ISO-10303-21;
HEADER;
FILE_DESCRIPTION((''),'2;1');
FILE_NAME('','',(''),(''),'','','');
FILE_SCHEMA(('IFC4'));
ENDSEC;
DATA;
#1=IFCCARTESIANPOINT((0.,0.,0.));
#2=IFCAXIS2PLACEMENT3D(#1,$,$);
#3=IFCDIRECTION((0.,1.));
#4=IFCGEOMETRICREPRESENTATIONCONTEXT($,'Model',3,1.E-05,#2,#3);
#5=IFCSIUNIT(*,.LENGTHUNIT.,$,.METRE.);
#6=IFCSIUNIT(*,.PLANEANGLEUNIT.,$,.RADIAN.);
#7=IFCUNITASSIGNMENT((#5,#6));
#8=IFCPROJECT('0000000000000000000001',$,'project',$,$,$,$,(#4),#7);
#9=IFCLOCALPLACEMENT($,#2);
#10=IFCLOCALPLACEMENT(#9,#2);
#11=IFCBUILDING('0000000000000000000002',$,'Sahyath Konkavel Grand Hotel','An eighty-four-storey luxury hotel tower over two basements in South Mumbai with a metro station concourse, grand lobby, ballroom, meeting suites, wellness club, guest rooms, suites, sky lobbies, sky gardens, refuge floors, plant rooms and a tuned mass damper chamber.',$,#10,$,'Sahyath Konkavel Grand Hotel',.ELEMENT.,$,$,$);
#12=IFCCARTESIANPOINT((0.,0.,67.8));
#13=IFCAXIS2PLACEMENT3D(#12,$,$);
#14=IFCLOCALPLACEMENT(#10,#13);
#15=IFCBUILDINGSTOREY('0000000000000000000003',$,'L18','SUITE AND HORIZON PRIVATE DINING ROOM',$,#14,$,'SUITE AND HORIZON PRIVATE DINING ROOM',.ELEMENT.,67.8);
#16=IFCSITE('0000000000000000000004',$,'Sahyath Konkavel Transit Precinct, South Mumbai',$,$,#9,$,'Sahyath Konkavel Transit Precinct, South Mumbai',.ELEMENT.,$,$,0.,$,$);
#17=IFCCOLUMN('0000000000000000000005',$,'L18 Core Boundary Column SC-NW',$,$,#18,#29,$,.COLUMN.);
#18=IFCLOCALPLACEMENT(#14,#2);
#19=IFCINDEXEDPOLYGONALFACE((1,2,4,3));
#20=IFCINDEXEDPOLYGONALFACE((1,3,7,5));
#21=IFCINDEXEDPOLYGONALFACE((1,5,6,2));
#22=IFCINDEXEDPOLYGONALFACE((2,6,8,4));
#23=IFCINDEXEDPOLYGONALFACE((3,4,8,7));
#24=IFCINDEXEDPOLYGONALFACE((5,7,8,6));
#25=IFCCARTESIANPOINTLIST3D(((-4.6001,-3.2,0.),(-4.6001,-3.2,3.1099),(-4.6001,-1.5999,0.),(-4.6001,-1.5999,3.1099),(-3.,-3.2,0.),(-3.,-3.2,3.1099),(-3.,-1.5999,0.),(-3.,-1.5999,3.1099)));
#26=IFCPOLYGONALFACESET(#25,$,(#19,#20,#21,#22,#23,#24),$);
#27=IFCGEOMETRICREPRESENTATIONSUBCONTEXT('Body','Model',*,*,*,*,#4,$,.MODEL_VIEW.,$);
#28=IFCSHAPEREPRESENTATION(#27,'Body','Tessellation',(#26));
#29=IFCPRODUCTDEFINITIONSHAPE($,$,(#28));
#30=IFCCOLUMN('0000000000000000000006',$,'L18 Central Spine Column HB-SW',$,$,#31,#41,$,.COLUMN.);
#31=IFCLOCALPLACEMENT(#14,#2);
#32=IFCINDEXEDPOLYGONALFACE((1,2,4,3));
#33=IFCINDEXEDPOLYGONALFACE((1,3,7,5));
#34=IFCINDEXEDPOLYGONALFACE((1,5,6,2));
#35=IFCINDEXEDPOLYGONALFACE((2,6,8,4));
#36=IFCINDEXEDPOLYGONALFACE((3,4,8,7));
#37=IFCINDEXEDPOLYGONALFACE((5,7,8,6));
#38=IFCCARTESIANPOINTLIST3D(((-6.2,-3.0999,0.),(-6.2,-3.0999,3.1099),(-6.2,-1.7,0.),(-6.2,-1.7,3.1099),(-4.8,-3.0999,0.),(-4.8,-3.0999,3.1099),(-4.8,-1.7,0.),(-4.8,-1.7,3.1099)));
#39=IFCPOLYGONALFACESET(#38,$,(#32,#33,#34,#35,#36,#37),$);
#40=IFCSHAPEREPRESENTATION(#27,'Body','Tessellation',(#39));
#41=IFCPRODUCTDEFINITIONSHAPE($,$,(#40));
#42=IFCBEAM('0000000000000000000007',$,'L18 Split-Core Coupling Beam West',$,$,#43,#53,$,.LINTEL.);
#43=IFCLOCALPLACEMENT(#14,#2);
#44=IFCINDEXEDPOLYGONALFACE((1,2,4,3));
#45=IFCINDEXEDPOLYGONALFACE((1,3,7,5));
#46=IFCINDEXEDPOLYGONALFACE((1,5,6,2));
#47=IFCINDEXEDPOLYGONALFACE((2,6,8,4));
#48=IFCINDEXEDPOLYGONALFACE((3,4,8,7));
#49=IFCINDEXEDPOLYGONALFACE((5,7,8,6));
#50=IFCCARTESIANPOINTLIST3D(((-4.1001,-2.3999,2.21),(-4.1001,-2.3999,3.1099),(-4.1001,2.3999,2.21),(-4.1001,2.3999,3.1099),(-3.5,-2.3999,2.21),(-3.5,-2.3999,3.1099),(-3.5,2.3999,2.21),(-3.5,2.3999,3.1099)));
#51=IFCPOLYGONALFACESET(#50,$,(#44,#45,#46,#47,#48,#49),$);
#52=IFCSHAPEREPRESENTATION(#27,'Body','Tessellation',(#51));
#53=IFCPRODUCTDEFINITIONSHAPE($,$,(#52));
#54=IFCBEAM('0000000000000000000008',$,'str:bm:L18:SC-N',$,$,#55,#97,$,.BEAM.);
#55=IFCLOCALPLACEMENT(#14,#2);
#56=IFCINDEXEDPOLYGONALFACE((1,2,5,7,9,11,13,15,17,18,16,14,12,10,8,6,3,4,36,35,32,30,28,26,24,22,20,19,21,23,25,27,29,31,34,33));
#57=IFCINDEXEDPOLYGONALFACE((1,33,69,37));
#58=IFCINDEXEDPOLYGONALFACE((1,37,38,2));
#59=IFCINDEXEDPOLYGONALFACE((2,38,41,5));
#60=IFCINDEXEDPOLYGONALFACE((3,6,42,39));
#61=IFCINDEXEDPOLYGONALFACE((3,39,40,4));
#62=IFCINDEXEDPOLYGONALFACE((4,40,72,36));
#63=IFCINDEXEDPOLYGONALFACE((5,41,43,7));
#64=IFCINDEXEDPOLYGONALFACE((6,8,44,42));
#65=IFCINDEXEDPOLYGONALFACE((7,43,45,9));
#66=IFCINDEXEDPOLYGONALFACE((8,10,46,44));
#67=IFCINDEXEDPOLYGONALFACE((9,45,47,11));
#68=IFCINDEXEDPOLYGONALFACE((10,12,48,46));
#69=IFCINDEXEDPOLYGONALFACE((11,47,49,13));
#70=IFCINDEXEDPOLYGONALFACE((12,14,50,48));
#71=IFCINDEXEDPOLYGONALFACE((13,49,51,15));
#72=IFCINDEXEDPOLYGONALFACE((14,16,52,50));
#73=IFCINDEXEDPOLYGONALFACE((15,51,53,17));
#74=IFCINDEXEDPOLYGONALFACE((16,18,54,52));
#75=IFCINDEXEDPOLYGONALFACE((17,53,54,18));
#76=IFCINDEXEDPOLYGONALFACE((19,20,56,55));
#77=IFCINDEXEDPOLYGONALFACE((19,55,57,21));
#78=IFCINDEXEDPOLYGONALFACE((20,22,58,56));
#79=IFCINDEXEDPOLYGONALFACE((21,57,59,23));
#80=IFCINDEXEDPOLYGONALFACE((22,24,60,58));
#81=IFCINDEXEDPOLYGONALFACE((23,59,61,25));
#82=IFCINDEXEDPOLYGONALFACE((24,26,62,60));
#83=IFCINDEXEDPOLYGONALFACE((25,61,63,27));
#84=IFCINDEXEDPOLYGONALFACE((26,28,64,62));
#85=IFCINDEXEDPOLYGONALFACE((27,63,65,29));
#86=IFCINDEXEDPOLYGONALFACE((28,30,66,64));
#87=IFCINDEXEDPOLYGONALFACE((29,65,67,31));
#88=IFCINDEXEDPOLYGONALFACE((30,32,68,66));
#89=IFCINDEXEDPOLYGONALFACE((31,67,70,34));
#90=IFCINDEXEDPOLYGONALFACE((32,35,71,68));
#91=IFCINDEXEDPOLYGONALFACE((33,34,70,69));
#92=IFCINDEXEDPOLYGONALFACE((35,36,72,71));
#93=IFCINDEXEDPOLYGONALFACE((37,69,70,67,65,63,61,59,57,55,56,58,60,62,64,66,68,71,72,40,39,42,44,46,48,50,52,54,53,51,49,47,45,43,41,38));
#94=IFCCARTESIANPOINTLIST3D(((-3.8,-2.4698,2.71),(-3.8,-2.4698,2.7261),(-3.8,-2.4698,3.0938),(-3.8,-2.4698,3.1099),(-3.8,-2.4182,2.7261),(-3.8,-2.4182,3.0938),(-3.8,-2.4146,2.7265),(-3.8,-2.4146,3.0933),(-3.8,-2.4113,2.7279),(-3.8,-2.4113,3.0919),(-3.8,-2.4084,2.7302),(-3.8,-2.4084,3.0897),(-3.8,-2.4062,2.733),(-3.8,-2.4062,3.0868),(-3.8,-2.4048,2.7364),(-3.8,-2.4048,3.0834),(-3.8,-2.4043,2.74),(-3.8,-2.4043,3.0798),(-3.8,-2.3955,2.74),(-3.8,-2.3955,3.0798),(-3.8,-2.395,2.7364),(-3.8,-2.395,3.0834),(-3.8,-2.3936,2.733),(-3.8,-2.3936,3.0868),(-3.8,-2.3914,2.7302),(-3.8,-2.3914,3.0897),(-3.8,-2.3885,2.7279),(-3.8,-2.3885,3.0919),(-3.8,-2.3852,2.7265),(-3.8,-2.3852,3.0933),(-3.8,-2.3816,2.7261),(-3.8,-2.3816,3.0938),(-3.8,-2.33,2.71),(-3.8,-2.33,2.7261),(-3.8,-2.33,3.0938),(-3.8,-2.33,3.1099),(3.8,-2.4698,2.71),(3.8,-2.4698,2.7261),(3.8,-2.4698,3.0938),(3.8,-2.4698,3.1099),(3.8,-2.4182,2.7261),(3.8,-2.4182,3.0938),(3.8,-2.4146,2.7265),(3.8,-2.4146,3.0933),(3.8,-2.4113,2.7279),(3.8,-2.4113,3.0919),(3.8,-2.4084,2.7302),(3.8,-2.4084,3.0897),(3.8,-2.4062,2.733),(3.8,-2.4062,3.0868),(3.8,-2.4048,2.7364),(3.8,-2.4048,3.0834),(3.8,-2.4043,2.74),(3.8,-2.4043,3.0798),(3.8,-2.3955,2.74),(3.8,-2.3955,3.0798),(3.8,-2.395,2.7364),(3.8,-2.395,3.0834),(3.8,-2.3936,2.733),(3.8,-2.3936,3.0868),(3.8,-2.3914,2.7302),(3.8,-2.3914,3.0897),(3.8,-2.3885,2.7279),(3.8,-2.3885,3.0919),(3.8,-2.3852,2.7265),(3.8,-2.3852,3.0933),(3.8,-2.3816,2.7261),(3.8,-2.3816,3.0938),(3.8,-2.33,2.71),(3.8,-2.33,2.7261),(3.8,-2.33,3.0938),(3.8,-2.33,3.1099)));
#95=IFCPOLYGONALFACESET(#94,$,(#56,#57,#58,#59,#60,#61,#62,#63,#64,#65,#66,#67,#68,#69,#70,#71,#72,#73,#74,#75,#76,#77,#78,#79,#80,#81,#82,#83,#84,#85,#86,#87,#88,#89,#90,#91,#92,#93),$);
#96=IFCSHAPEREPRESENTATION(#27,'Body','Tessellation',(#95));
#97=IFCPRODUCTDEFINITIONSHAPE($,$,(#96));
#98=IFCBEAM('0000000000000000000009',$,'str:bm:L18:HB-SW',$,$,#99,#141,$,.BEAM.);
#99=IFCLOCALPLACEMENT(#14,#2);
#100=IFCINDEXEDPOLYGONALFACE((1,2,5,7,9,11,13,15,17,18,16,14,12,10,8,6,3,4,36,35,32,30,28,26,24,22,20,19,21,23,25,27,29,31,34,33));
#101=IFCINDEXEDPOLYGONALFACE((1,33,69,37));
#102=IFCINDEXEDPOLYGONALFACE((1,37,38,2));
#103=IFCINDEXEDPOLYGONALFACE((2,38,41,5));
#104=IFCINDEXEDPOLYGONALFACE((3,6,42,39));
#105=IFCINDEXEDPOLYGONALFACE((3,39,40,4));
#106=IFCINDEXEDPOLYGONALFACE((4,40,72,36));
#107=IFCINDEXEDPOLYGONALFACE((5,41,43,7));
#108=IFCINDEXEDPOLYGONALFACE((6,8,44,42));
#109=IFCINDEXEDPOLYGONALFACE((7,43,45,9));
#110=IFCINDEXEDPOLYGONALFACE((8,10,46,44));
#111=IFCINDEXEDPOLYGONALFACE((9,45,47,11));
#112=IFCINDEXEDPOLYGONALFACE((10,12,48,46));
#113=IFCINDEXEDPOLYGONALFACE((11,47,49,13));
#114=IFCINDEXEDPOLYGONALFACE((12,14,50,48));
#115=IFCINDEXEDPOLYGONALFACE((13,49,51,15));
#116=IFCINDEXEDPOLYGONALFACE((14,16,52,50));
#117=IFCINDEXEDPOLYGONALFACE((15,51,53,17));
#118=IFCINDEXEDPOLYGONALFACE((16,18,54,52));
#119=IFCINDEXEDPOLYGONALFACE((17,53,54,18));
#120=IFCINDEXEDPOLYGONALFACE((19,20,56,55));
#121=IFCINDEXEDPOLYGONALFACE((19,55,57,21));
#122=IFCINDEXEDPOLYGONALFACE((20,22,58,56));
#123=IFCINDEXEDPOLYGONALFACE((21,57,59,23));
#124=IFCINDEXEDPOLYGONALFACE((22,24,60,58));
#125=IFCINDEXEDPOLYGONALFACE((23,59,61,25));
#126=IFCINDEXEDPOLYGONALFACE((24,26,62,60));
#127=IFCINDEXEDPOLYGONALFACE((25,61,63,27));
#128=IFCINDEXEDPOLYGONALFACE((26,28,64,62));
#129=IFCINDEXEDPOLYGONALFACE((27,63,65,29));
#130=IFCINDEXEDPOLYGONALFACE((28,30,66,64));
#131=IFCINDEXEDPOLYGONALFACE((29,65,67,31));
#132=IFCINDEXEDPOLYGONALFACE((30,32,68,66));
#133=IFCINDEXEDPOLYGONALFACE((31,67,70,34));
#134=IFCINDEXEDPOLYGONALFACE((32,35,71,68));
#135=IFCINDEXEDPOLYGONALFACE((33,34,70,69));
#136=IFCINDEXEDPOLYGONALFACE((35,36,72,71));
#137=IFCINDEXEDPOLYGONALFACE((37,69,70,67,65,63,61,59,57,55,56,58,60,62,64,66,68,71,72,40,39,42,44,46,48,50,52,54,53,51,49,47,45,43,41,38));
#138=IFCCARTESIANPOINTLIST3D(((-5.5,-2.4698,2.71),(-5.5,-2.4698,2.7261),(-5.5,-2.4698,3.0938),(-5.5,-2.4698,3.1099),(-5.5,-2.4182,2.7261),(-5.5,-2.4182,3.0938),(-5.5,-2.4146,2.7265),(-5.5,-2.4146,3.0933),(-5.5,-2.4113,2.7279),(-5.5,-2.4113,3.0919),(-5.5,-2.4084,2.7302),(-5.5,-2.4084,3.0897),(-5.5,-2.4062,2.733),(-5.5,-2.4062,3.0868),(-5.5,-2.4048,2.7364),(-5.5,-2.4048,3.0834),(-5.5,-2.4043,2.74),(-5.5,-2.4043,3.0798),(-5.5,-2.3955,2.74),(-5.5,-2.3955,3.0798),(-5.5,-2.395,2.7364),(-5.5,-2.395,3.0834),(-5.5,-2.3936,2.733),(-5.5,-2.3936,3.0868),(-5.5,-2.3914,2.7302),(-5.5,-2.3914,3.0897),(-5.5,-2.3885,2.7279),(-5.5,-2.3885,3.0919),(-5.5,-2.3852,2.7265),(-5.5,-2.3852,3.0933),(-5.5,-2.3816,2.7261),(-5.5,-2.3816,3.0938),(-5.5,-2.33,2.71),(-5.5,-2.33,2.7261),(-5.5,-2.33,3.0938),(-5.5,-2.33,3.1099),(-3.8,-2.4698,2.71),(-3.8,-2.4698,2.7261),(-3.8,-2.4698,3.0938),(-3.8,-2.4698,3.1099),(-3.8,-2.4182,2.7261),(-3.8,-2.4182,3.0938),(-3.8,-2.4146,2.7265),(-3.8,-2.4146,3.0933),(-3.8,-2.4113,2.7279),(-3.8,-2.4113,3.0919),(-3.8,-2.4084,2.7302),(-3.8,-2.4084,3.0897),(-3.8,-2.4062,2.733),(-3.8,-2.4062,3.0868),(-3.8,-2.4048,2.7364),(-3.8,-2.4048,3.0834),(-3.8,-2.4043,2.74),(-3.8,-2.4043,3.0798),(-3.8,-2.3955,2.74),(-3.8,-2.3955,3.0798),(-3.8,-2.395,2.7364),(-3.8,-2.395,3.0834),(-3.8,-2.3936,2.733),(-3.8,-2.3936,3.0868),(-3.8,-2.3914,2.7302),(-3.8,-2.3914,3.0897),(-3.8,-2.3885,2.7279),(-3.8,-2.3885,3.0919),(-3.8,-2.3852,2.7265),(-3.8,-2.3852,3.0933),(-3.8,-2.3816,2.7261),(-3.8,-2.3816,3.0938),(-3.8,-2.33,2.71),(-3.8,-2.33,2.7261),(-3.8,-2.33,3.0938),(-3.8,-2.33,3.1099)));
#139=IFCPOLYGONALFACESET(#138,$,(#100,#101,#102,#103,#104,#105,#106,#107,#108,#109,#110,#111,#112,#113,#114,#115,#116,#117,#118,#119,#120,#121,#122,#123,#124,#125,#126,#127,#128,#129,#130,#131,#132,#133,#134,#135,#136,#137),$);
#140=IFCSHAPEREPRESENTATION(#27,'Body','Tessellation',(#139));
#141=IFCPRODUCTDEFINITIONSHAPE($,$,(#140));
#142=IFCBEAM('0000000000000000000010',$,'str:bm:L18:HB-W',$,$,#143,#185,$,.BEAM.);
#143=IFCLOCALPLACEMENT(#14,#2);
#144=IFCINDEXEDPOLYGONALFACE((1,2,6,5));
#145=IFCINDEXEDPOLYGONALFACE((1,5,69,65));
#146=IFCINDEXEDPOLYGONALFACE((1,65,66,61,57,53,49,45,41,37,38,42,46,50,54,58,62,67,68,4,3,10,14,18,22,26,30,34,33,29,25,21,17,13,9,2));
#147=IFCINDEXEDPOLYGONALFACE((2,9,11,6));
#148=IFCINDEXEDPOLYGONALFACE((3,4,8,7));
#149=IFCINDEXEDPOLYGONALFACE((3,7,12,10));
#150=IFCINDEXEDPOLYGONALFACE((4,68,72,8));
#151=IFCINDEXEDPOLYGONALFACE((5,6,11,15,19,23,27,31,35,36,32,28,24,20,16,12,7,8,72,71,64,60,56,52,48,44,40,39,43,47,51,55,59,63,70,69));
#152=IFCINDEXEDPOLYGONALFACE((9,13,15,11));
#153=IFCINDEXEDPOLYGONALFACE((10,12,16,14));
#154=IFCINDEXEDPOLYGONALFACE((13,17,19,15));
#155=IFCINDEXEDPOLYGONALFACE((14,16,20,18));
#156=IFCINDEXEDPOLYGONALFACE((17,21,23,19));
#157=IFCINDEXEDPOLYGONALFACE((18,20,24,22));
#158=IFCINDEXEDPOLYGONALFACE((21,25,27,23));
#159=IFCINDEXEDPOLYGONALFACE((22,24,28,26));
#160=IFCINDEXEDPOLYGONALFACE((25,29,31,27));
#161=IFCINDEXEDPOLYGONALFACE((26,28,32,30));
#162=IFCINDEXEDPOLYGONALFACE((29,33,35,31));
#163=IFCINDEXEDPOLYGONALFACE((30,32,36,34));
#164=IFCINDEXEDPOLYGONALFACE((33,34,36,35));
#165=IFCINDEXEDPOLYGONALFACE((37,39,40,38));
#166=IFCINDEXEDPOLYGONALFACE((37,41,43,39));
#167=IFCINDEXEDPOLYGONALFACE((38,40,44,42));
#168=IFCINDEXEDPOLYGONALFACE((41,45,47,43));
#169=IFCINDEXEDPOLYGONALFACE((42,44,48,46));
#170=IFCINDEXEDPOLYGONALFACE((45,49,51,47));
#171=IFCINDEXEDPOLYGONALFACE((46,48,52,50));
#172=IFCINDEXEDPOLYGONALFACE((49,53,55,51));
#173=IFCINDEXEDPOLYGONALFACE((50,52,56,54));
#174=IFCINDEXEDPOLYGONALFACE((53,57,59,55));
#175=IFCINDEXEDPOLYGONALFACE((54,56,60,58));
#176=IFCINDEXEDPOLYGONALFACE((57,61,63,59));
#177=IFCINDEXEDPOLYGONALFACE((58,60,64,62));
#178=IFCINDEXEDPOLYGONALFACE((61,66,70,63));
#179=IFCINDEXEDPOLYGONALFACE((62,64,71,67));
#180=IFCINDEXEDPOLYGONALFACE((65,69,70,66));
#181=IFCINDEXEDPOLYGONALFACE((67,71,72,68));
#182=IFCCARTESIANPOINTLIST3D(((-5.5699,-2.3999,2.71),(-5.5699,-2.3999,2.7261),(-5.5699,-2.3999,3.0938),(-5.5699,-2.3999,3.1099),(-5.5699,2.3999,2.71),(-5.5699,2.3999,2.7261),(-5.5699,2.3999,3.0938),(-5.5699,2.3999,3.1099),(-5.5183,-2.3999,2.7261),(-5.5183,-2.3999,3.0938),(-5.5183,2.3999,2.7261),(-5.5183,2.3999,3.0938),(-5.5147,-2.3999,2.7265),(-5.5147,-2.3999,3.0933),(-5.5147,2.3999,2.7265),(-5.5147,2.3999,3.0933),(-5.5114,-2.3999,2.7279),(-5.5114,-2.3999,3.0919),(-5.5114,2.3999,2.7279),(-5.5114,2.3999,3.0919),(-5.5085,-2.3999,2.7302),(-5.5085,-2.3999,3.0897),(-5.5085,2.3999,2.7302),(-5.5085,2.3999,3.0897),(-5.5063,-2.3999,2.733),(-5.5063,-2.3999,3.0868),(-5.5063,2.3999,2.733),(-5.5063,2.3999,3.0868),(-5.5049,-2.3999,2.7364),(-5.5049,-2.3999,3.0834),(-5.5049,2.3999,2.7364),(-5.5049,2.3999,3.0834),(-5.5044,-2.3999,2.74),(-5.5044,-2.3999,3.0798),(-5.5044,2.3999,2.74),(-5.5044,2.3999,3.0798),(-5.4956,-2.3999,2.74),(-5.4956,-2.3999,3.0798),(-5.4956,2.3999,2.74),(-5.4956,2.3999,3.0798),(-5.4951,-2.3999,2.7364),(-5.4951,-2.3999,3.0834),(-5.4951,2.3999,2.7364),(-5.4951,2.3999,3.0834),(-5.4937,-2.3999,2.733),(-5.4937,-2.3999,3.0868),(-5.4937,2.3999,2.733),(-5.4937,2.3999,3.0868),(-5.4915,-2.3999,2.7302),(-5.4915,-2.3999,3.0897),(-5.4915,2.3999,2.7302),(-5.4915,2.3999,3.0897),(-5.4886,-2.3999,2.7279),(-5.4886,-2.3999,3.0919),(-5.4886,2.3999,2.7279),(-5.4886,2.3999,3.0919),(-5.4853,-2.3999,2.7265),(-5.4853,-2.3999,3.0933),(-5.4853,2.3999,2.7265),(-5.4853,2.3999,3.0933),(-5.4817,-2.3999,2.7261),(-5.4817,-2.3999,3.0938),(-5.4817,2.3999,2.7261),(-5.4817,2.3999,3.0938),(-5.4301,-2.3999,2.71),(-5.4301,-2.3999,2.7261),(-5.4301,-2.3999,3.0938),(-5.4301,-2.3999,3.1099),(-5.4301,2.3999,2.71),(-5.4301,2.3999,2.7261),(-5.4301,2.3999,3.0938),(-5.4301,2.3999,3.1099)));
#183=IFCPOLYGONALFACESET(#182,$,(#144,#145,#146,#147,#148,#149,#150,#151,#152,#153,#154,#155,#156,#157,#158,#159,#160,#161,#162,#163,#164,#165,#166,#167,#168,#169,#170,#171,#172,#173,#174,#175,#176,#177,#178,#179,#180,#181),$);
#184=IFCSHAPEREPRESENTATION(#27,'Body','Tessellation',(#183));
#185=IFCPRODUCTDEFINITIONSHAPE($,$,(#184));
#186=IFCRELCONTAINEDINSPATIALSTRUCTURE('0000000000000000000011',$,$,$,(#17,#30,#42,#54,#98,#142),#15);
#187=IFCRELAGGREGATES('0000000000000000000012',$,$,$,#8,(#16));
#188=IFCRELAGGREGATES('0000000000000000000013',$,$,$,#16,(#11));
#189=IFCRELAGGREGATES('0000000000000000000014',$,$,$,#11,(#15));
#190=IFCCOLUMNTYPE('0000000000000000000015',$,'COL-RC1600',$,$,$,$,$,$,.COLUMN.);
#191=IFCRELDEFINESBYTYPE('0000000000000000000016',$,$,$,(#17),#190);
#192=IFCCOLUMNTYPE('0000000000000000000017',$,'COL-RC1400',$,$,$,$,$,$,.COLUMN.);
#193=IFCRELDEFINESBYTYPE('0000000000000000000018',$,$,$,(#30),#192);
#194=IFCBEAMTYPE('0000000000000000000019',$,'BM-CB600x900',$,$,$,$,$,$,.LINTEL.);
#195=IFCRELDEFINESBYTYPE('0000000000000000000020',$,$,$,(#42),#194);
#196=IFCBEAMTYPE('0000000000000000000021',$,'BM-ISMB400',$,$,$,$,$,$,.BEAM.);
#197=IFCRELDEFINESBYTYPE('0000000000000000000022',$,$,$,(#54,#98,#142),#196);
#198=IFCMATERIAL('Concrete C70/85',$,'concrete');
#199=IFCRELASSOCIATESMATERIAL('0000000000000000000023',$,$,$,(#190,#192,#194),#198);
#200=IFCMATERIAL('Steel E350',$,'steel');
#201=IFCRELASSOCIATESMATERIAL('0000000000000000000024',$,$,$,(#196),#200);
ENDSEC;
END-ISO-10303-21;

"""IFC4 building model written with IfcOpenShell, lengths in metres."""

from ifc_helpers import new_model, si_unit, direction, frame, origin, origin_2d, place, context, subcontext, project, spatial, rectangle, i_section, extrude, source, transform, mapped, material, material_profile, profile_set, type_object, element, save


model = new_model("IFC4")

# Units and contexts
model_context = context("Model", 3, precision=1e-05, world=origin(), true_north=direction((0.0, 1.0)))
body_context = subcontext(model_context, "Body", "Model", "MODEL_VIEW")
ifc_project = project(units=[si_unit("LENGTHUNIT", "METRE"), si_unit("PLANEANGLEUNIT", "RADIAN")], contexts=[model_context])

# Site, building, storey
site_placement = place(None, origin())
site = spatial("IfcSite", under=ifc_project, at=site_placement, Name="Sahyath Konkavel Transit Precinct, South Mumbai", LongName="Sahyath Konkavel Transit Precinct, South Mumbai", CompositionType="ELEMENT", RefElevation=0.0)
building_placement = place(site_placement, origin())
building = spatial("IfcBuilding", under=site, at=building_placement, Name="Sahyath Konkavel Grand Hotel", Description="An eighty-four-storey luxury hotel tower over two basements in South Mumbai with a metro station concourse, grand lobby, ballroom, meeting suites, wellness club, guest rooms, suites, sky lobbies, sky gardens, refuge floors, plant rooms and a tuned mass damper chamber.", LongName="Sahyath Konkavel Grand Hotel", CompositionType="ELEMENT")
storey_placement = place(building_placement, frame((0.0, 0.0, 67.8)))
storey = spatial("IfcBuildingStorey", under=building, at=storey_placement, Name="L18", Description="SUITE AND HORIZON PRIVATE DINING ROOM", LongName="SUITE AND HORIZON PRIVATE DINING ROOM", CompositionType="ELEMENT", Elevation=67.8)

# Columns
ifc_material_1 = material(Name="Concrete C70/85", Category="concrete")
ifc_material_profile_1 = material_profile(ifc_material_1, rectangle(XDim=1.6001, YDim=1.6001, at=origin_2d()), Name="RC 1600x1600")
ifc_profile_set_1 = profile_set([ifc_material_profile_1], Name="Concrete C70/85")
column_type_1 = type_object("IfcColumnType", Name="COL-RC1600", PredefinedType="COLUMN", material=ifc_profile_set_1)
shared_shape_1 = source(origin(), body_context, "Body", "SweptSolid", [
    extrude(rectangle(XDim=1.6001, YDim=1.6001, at=origin_2d()), origin(), (0.0, 0.0, 1.0), 3.1099),
])
column_1_placement = place(storey_placement, frame((-3.8, -2.3999, 0.0), z_axis=(0.0, 0.0, 1.0), x_axis=(1.0, 0.0, 0.0)))
element("IfcColumn", 1, at=column_1_placement, inside=storey, type_object=column_type_1, Name="L18 Core Boundary Column SC-NW", PredefinedType="COLUMN", context=body_context, shape_type="MappedRepresentation", body=[
    mapped(shared_shape_1, transform((0.0, 0.0, 0.0), scale=1.0)),
])
ifc_material_profile_2 = material_profile(ifc_material_1, rectangle(XDim=1.3999, YDim=1.3999, at=origin_2d()), Name="RC 1400x1400")
ifc_profile_set_2 = profile_set([ifc_material_profile_2], Name="Concrete C70/85")
column_type_2 = type_object("IfcColumnType", Name="COL-RC1400", PredefinedType="COLUMN", material=ifc_profile_set_2)
shared_shape_2 = source(origin(), body_context, "Body", "SweptSolid", [
    extrude(rectangle(XDim=1.3999, YDim=1.3999, at=origin_2d()), origin(), (0.0, 0.0, 1.0), 3.1099),
])
column_2_placement = place(storey_placement, frame((-5.5, -2.3999, 0.0), z_axis=(0.0, 0.0, 1.0), x_axis=(1.0, 0.0, 0.0)))
element("IfcColumn", 2, at=column_2_placement, inside=storey, type_object=column_type_2, Name="L18 Central Spine Column HB-SW", PredefinedType="COLUMN", context=body_context, shape_type="MappedRepresentation", body=[
    mapped(shared_shape_2, transform((0.0, 0.0, 0.0), scale=1.0)),
])

# Beams
ifc_material_profile_3 = material_profile(ifc_material_1, rectangle(XDim=0.6001, YDim=0.8999, at=origin_2d()), Name="RC 600x900")
ifc_profile_set_3 = profile_set([ifc_material_profile_3], Name="Concrete C70/85")
beam_type_1 = type_object("IfcBeamType", Name="BM-CB600x900", PredefinedType="LINTEL", material=ifc_profile_set_3)
shared_shape_3 = source(origin(), body_context, "Body", "SweptSolid", [
    extrude(rectangle(XDim=0.6001, YDim=0.8999, at=origin_2d()), origin(), (0.0, 0.0, 1.0), 4.7998),
])
beam_1_placement = place(storey_placement, frame((-3.8, -2.3999, 2.6599), z_axis=(0.0, 1.0, 0.0), x_axis=(-1.0, 0.0, 0.0)))
element("IfcBeam", 3, at=beam_1_placement, inside=storey, type_object=beam_type_1, Name="L18 Split-Core Coupling Beam West", PredefinedType="LINTEL", context=body_context, shape_type="MappedRepresentation", body=[
    mapped(shared_shape_3, transform((0.0, 0.0, 0.0), scale=1.0)),
])
ifc_material_2 = material(Name="Steel E350", Category="steel")
ifc_material_profile_4 = material_profile(ifc_material_2, i_section(OverallWidth=0.1399, OverallDepth=0.3999, WebThickness=0.0088, FlangeThickness=0.0161, FilletRadius=0.0139, at=origin_2d()), Name="ISMB 400")
ifc_profile_set_4 = profile_set([ifc_material_profile_4], Name="Steel E350")
beam_type_2 = type_object("IfcBeamType", Name="BM-ISMB400", PredefinedType="BEAM", material=ifc_profile_set_4)
shared_shape_4 = source(origin(), body_context, "Body", "SweptSolid", [
    extrude(i_section(OverallWidth=0.1399, OverallDepth=0.3999, WebThickness=0.0088, FlangeThickness=0.0161, FilletRadius=0.0139, at=origin_2d()), origin(), (0.0, 0.0, 1.0), 7.6001),
])
beam_2_placement = place(storey_placement, frame((-3.8, -2.3999, 2.9099), z_axis=(1.0, 0.0, 0.0), x_axis=(0.0, 1.0, 0.0)))
element("IfcBeam", 4, at=beam_2_placement, inside=storey, type_object=beam_type_2, Name="str:bm:L18:SC-N", PredefinedType="BEAM", context=body_context, shape_type="MappedRepresentation", body=[
    mapped(shared_shape_4, transform((0.0, 0.0, 0.0), scale=1.0)),
])
shared_shape_5 = source(origin(), body_context, "Body", "SweptSolid", [
    extrude(i_section(OverallWidth=0.1399, OverallDepth=0.3999, WebThickness=0.0088, FlangeThickness=0.0161, FilletRadius=0.0139, at=origin_2d()), origin(), (0.0, 0.0, 1.0), 1.7),
])
beam_3_placement = place(storey_placement, frame((-5.5, -2.3999, 2.9099), z_axis=(1.0, 0.0, 0.0), x_axis=(0.0, 1.0, 0.0)))
element("IfcBeam", 5, at=beam_3_placement, inside=storey, type_object=beam_type_2, Name="str:bm:L18:HB-SW", PredefinedType="BEAM", context=body_context, shape_type="MappedRepresentation", body=[
    mapped(shared_shape_5, transform((0.0, 0.0, 0.0), scale=1.0)),
])
shared_shape_6 = source(origin(), body_context, "Body", "SweptSolid", [
    extrude(i_section(OverallWidth=0.1399, OverallDepth=0.3999, WebThickness=0.0088, FlangeThickness=0.0161, FilletRadius=0.0139, at=origin_2d()), origin(), (0.0, 0.0, 1.0), 4.7998),
])
beam_4_placement = place(storey_placement, frame((-5.5, -2.3999, 2.9099), z_axis=(0.0, 1.0, 0.0), x_axis=(-1.0, 0.0, 0.0)))
element("IfcBeam", 6, at=beam_4_placement, inside=storey, type_object=beam_type_2, Name="str:bm:L18:HB-W", PredefinedType="BEAM", context=body_context, shape_type="MappedRepresentation", body=[
    mapped(shared_shape_6, transform((0.0, 0.0, 0.0), scale=1.0)),
])

save(model, "model.ifc")
